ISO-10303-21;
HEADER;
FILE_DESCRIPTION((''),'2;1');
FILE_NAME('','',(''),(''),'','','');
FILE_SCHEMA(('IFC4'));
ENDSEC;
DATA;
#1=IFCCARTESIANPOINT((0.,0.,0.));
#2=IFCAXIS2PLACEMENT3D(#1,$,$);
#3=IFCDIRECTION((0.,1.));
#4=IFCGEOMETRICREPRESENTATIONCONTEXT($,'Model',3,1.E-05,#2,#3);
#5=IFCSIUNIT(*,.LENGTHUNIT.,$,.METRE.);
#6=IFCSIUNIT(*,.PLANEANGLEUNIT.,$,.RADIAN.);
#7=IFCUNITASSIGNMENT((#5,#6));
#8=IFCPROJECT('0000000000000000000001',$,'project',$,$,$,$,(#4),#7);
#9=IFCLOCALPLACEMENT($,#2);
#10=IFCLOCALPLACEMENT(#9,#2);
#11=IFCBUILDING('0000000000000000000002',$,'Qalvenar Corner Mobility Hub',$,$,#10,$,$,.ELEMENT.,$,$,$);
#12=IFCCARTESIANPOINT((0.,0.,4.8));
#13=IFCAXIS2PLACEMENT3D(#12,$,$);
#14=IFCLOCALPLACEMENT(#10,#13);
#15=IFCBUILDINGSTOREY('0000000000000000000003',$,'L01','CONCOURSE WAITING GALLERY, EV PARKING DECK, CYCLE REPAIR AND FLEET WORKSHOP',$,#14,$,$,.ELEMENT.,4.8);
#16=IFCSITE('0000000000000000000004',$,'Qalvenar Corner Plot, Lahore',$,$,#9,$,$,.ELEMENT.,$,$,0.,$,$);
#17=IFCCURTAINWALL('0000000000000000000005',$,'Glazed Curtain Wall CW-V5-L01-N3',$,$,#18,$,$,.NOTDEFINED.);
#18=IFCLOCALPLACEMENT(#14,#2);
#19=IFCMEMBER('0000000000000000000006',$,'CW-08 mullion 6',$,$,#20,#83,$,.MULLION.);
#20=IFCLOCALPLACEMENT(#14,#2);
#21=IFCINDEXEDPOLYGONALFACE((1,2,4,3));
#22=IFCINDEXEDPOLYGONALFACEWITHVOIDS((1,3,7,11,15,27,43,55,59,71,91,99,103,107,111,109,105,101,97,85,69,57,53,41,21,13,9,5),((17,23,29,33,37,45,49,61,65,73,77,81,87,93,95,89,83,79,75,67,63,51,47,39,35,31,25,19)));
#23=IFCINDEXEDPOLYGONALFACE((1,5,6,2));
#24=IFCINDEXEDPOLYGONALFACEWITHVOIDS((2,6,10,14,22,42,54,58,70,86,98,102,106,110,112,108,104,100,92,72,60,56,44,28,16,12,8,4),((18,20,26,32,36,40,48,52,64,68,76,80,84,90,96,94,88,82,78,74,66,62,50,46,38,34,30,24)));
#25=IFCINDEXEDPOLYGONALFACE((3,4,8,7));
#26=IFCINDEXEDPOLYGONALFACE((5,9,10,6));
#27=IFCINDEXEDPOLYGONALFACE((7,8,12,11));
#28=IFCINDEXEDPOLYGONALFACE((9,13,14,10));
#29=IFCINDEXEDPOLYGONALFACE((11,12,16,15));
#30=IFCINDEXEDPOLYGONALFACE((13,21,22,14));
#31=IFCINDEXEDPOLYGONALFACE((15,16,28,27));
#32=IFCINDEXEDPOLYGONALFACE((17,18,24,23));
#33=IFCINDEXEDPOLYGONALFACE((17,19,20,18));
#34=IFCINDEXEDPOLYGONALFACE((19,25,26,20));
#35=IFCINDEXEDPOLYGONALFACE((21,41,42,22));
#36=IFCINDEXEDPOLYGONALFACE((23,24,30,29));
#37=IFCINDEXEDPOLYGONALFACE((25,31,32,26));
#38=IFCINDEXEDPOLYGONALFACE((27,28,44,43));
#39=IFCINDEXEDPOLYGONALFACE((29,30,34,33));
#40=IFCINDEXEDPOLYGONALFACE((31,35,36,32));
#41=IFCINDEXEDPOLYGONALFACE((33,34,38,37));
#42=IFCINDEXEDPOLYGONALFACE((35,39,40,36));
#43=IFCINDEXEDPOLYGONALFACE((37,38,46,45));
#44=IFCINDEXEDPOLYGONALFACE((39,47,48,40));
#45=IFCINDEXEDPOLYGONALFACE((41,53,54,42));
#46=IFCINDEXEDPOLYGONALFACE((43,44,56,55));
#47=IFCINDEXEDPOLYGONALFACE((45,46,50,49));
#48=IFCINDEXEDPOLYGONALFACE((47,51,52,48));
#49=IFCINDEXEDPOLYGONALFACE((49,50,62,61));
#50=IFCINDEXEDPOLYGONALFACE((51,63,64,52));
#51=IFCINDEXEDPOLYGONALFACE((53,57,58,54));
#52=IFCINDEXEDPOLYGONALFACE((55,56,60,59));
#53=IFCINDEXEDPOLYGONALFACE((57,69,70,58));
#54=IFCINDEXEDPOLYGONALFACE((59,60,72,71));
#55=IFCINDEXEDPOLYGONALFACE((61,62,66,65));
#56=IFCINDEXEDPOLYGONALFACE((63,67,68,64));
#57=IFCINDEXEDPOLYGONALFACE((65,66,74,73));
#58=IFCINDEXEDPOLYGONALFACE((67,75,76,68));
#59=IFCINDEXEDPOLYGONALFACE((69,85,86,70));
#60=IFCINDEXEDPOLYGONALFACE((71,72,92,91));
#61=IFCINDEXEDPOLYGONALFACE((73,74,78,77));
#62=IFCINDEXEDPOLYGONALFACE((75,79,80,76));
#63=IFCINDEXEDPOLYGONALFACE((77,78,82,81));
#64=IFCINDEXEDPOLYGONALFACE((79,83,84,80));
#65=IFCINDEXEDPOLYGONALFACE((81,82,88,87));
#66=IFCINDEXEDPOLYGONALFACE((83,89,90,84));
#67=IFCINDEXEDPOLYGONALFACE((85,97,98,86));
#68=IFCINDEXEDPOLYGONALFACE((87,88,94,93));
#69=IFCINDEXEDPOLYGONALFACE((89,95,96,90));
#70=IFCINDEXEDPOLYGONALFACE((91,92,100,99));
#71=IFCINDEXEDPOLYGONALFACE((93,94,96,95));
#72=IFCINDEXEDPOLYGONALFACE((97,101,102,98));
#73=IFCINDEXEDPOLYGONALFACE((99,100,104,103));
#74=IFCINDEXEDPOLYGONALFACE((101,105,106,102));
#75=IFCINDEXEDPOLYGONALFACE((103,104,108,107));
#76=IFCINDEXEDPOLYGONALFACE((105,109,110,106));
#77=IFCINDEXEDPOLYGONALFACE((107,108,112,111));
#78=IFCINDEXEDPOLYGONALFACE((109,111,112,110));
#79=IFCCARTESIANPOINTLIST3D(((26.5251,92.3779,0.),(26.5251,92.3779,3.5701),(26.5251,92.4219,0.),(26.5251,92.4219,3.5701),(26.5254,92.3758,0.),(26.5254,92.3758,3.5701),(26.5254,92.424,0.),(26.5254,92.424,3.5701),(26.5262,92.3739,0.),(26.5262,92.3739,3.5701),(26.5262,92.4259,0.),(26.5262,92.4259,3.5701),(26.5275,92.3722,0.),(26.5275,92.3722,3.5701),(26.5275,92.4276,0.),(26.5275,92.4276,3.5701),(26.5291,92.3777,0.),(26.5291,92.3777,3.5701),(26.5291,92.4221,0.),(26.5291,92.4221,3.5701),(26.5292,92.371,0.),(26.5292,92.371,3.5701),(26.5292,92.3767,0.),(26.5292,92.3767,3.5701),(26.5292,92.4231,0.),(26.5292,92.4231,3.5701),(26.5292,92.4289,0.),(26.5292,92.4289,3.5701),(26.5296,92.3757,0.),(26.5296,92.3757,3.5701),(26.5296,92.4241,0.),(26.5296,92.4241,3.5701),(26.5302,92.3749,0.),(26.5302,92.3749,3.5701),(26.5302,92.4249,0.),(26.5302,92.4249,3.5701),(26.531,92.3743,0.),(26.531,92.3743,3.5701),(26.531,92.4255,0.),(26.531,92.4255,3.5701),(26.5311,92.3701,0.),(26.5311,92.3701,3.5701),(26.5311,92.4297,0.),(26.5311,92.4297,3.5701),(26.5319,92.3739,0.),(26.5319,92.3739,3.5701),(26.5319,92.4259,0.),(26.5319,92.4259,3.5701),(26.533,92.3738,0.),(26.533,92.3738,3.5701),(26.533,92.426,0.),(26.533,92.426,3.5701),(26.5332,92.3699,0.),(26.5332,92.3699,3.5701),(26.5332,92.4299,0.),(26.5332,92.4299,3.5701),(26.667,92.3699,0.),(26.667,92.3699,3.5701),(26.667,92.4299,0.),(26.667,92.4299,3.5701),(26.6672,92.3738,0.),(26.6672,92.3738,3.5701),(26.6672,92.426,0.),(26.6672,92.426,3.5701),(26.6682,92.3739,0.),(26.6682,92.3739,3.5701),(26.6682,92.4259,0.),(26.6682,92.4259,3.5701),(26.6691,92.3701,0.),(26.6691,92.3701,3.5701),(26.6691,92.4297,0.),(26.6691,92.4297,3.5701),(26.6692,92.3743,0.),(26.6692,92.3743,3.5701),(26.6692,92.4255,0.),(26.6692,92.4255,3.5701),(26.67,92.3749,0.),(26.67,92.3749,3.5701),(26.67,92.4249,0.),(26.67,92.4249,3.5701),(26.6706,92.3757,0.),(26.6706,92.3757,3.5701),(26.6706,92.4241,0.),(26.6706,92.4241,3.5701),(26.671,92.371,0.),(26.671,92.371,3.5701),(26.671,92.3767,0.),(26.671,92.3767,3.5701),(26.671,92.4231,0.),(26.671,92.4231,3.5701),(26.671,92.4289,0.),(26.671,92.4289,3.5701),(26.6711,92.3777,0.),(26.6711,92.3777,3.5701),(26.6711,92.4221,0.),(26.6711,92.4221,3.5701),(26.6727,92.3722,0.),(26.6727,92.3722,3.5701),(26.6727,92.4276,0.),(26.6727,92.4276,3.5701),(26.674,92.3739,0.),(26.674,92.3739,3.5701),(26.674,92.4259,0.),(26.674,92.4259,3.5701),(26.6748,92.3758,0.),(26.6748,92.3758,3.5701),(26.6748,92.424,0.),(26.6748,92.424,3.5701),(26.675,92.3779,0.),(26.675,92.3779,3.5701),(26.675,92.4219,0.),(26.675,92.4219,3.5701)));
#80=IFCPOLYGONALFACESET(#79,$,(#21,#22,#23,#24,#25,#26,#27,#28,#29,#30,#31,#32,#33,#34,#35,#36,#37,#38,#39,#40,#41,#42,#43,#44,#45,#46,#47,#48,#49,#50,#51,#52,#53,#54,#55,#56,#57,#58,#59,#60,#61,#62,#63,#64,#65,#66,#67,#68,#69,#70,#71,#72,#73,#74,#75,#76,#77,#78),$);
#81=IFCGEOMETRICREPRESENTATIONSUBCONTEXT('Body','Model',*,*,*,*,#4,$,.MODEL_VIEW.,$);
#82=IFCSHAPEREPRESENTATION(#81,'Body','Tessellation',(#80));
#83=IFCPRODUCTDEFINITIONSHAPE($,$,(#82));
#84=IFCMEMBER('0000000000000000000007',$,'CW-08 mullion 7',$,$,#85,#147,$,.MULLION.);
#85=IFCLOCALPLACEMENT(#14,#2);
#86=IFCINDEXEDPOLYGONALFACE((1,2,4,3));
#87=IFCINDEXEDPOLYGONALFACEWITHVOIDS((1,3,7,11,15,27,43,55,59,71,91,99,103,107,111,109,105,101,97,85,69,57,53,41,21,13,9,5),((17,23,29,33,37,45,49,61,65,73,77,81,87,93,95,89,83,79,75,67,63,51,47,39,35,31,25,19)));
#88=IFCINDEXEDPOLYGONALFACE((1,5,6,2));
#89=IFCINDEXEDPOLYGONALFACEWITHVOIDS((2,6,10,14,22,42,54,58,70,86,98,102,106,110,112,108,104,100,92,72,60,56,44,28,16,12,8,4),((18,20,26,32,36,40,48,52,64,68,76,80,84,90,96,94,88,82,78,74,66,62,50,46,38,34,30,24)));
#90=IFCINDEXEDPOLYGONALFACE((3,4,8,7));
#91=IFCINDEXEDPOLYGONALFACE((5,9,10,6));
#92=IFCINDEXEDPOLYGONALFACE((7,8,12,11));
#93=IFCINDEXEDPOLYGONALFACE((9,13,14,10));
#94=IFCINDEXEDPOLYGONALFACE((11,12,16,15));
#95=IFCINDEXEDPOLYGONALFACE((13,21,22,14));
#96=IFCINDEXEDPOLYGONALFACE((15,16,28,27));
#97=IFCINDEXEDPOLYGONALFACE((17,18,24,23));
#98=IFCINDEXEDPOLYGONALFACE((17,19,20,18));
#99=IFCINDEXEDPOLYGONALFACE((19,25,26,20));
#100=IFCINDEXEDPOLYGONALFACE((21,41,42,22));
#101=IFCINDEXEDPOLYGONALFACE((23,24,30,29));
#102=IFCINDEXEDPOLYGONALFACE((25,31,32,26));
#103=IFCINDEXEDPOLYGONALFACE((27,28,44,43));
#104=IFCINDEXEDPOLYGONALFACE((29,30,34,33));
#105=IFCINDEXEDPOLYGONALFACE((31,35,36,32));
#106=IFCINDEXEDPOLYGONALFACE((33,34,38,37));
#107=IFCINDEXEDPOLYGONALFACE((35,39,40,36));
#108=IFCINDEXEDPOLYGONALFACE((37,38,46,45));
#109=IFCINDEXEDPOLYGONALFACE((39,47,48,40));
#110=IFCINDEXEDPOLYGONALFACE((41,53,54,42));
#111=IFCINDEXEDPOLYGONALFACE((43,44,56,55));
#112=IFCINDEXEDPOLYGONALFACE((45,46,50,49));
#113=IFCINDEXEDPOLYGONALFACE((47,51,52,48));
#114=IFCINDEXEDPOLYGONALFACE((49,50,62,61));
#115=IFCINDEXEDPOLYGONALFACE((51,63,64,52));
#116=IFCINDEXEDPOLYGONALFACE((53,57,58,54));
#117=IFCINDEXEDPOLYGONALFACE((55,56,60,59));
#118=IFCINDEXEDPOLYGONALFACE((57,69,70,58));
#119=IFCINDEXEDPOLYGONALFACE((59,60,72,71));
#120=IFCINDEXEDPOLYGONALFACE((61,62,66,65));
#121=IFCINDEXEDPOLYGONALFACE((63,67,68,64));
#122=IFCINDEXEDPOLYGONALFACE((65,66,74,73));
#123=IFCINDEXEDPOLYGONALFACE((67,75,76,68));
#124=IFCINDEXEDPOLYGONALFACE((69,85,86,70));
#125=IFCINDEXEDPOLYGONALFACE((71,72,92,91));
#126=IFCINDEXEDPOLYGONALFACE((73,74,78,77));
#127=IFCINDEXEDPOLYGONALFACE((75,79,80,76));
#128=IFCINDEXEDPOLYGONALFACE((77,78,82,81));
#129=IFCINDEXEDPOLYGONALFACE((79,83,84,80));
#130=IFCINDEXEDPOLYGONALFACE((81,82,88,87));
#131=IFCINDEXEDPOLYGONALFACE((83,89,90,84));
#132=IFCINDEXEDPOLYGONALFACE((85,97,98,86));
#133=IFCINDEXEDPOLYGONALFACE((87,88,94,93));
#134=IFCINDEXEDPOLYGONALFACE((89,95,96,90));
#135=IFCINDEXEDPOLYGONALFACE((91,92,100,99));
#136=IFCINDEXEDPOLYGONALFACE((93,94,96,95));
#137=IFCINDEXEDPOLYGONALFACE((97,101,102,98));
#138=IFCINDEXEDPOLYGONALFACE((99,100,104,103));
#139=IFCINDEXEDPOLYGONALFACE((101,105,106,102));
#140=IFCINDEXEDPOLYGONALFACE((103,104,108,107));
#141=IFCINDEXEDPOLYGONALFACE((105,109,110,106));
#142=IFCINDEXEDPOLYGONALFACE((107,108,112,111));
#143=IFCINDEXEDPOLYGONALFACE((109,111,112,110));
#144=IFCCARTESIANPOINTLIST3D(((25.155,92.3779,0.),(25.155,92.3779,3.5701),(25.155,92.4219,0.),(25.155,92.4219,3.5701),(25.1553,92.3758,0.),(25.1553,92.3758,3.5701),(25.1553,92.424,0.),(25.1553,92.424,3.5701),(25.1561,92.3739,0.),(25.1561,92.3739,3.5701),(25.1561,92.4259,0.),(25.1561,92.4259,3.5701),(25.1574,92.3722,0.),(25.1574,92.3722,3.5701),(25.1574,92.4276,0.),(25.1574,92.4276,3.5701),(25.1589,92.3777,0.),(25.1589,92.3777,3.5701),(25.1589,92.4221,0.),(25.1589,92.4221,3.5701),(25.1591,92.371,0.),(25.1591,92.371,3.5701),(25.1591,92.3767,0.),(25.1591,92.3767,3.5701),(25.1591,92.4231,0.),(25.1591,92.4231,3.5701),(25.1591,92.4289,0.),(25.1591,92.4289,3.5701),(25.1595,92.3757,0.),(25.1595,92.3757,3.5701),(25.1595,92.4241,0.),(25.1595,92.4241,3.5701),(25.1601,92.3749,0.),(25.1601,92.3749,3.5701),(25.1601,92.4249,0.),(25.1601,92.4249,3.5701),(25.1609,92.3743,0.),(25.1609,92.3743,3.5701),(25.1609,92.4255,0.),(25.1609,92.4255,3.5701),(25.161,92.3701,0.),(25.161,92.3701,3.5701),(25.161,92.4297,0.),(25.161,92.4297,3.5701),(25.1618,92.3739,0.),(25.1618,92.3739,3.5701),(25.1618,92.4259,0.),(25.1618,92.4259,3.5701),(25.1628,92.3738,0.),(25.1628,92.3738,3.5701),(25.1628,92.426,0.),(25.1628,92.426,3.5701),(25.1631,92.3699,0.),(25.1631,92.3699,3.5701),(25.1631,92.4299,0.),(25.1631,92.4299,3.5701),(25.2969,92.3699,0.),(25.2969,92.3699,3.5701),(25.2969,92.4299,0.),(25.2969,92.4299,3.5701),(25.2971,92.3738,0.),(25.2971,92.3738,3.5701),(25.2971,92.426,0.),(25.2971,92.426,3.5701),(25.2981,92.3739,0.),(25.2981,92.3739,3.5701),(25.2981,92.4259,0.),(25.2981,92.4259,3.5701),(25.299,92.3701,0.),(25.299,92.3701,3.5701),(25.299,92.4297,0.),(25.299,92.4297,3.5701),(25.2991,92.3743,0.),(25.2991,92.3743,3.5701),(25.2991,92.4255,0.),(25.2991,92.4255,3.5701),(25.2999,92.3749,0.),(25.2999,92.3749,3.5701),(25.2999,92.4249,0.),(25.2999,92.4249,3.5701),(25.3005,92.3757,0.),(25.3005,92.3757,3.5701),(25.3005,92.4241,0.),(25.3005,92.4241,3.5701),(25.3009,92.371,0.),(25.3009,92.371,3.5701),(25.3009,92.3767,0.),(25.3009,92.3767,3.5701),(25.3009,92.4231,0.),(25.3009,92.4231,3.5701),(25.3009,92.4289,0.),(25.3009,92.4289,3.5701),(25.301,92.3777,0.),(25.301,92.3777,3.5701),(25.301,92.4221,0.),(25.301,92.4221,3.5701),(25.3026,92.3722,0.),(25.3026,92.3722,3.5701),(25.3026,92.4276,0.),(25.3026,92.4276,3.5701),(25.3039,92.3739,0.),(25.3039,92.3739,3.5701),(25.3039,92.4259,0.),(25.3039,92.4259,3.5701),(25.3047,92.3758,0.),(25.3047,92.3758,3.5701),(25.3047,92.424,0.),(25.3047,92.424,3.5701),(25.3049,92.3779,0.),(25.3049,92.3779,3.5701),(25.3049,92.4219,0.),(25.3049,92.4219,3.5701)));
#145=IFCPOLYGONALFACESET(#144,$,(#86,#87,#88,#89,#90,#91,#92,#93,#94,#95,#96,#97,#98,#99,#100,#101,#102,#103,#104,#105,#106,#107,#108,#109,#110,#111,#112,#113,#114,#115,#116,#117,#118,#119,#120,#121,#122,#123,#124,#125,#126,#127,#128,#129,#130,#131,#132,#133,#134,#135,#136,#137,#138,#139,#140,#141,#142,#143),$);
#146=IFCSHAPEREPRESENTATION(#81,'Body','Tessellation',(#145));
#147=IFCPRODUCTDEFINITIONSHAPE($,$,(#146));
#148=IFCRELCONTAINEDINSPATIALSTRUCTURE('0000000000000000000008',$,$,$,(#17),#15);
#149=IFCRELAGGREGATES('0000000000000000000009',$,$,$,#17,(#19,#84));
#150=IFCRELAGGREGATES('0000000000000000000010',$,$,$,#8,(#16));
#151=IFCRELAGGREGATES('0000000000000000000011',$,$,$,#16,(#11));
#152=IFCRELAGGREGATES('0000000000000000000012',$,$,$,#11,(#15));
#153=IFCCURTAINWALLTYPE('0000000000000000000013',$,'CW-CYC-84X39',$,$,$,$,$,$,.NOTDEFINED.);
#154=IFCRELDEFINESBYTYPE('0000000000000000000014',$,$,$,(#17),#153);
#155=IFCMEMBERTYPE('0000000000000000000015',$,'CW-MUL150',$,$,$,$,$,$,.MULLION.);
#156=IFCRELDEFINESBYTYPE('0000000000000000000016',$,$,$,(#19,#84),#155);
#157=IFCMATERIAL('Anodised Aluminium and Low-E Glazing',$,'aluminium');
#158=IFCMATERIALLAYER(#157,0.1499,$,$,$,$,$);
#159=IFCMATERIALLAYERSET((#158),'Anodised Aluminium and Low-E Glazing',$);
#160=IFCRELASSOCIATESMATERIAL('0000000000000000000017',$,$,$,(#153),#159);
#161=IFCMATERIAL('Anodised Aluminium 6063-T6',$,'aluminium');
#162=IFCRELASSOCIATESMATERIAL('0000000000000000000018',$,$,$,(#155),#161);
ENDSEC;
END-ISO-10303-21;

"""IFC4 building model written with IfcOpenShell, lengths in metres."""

from ifc_helpers import new_model, si_unit, direction, frame, origin, origin_2d, place, context, subcontext, project, spatial, hollow_rectangle, extrude, material, layer, layer_set, material_profile, profile_set, type_object, element, aggregate, save


model = new_model("IFC4")

# Units and contexts
model_context = context("Model", 3, precision=1e-05, world=origin(), true_north=direction((0.0, 1.0)))
body_context = subcontext(model_context, "Body", "Model", "MODEL_VIEW")
ifc_project = project(units=[si_unit("LENGTHUNIT", "METRE"), si_unit("PLANEANGLEUNIT", "RADIAN")], contexts=[model_context])

# Site, building, storey
site_placement = place(None, origin())
site = spatial("IfcSite", under=ifc_project, at=site_placement, Name="Qalvenar Corner Plot, Lahore", CompositionType="ELEMENT", RefElevation=0.0)
building_placement = place(site_placement, origin())
building = spatial("IfcBuilding", under=site, at=building_placement, Name="Qalvenar Corner Mobility Hub", CompositionType="ELEMENT")
storey_placement = place(building_placement, frame((0.0, 0.0, 4.8)))
storey = spatial("IfcBuildingStorey", under=building, at=storey_placement, Name="L01", Description="CONCOURSE WAITING GALLERY, EV PARKING DECK, CYCLE REPAIR AND FLEET WORKSHOP", CompositionType="ELEMENT", Elevation=4.8)

# Shared definitions
ifc_material_1 = material(Name="Anodised Aluminium and Low-E Glazing", Category="aluminium")
ifc_layer_1 = layer(ifc_material_1, 0.1499)
ifc_layer_set_1 = layer_set([ifc_layer_1], Name="Anodised Aluminium and Low-E Glazing")
curtain_wall_type = type_object("IfcCurtainWallType", Name="CW-CYC-84X39", PredefinedType="NOTDEFINED", material=ifc_layer_set_1)
ifc_material_2 = material(Name="Anodised Aluminium 6063-T6", Category="aluminium")
ifc_material_profile_1 = material_profile(ifc_material_2, hollow_rectangle(XDim=0.0601, YDim=0.1499, WallThickness=0.0039, InnerFilletRadius=0.0039, OuterFilletRadius=0.0081, at=origin_2d()), Name="RHS150x60x4")
ifc_profile_set_1 = profile_set([ifc_material_profile_1], Name="Anodised Aluminium 6063-T6")
member_type_1 = type_object("IfcMemberType", Name="CW-MUL150", PredefinedType="MULLION", material=ifc_profile_set_1)

# Curtain wall, members
curtain_wall_1_placement = place(storey_placement, origin())
curtain_wall_1 = element("IfcCurtainWall", 1, at=curtain_wall_1_placement, inside=storey, type_object=curtain_wall_type, Name="Glazed Curtain Wall CW-V5-L01-N3", PredefinedType="NOTDEFINED")
member_1_placement = place(storey_placement, frame((26.6001, 92.3999, 0.0), z_axis=(0.0, 0.0, 1.0), x_axis=(0.0, -1.0, 0.0)))
member_1 = element("IfcMember", 2, at=member_1_placement, type_object=member_type_1, Name="CW-08 mullion 6", PredefinedType="MULLION", context=body_context, shape_type="SweptSolid", body=[
    extrude(hollow_rectangle(XDim=0.0601, YDim=0.1499, WallThickness=0.0039, InnerFilletRadius=0.0039, OuterFilletRadius=0.0081, at=origin_2d()), origin(), (0.0, 0.0, 1.0), 3.5701),
])
member_2_placement = place(storey_placement, frame((25.23, 92.3999, 0.0), z_axis=(0.0, 0.0, 1.0), x_axis=(0.0, -1.0, 0.0)))
member_2 = element("IfcMember", 3, at=member_2_placement, type_object=member_type_1, Name="CW-08 mullion 7", PredefinedType="MULLION", context=body_context, shape_type="SweptSolid", body=[
    extrude(hollow_rectangle(XDim=0.0601, YDim=0.1499, WallThickness=0.0039, InnerFilletRadius=0.0039, OuterFilletRadius=0.0081, at=origin_2d()), origin(), (0.0, 0.0, 1.0), 3.5701),
])

aggregate(curtain_wall_1, [member_1, member_2])

save(model, "model.ifc")
